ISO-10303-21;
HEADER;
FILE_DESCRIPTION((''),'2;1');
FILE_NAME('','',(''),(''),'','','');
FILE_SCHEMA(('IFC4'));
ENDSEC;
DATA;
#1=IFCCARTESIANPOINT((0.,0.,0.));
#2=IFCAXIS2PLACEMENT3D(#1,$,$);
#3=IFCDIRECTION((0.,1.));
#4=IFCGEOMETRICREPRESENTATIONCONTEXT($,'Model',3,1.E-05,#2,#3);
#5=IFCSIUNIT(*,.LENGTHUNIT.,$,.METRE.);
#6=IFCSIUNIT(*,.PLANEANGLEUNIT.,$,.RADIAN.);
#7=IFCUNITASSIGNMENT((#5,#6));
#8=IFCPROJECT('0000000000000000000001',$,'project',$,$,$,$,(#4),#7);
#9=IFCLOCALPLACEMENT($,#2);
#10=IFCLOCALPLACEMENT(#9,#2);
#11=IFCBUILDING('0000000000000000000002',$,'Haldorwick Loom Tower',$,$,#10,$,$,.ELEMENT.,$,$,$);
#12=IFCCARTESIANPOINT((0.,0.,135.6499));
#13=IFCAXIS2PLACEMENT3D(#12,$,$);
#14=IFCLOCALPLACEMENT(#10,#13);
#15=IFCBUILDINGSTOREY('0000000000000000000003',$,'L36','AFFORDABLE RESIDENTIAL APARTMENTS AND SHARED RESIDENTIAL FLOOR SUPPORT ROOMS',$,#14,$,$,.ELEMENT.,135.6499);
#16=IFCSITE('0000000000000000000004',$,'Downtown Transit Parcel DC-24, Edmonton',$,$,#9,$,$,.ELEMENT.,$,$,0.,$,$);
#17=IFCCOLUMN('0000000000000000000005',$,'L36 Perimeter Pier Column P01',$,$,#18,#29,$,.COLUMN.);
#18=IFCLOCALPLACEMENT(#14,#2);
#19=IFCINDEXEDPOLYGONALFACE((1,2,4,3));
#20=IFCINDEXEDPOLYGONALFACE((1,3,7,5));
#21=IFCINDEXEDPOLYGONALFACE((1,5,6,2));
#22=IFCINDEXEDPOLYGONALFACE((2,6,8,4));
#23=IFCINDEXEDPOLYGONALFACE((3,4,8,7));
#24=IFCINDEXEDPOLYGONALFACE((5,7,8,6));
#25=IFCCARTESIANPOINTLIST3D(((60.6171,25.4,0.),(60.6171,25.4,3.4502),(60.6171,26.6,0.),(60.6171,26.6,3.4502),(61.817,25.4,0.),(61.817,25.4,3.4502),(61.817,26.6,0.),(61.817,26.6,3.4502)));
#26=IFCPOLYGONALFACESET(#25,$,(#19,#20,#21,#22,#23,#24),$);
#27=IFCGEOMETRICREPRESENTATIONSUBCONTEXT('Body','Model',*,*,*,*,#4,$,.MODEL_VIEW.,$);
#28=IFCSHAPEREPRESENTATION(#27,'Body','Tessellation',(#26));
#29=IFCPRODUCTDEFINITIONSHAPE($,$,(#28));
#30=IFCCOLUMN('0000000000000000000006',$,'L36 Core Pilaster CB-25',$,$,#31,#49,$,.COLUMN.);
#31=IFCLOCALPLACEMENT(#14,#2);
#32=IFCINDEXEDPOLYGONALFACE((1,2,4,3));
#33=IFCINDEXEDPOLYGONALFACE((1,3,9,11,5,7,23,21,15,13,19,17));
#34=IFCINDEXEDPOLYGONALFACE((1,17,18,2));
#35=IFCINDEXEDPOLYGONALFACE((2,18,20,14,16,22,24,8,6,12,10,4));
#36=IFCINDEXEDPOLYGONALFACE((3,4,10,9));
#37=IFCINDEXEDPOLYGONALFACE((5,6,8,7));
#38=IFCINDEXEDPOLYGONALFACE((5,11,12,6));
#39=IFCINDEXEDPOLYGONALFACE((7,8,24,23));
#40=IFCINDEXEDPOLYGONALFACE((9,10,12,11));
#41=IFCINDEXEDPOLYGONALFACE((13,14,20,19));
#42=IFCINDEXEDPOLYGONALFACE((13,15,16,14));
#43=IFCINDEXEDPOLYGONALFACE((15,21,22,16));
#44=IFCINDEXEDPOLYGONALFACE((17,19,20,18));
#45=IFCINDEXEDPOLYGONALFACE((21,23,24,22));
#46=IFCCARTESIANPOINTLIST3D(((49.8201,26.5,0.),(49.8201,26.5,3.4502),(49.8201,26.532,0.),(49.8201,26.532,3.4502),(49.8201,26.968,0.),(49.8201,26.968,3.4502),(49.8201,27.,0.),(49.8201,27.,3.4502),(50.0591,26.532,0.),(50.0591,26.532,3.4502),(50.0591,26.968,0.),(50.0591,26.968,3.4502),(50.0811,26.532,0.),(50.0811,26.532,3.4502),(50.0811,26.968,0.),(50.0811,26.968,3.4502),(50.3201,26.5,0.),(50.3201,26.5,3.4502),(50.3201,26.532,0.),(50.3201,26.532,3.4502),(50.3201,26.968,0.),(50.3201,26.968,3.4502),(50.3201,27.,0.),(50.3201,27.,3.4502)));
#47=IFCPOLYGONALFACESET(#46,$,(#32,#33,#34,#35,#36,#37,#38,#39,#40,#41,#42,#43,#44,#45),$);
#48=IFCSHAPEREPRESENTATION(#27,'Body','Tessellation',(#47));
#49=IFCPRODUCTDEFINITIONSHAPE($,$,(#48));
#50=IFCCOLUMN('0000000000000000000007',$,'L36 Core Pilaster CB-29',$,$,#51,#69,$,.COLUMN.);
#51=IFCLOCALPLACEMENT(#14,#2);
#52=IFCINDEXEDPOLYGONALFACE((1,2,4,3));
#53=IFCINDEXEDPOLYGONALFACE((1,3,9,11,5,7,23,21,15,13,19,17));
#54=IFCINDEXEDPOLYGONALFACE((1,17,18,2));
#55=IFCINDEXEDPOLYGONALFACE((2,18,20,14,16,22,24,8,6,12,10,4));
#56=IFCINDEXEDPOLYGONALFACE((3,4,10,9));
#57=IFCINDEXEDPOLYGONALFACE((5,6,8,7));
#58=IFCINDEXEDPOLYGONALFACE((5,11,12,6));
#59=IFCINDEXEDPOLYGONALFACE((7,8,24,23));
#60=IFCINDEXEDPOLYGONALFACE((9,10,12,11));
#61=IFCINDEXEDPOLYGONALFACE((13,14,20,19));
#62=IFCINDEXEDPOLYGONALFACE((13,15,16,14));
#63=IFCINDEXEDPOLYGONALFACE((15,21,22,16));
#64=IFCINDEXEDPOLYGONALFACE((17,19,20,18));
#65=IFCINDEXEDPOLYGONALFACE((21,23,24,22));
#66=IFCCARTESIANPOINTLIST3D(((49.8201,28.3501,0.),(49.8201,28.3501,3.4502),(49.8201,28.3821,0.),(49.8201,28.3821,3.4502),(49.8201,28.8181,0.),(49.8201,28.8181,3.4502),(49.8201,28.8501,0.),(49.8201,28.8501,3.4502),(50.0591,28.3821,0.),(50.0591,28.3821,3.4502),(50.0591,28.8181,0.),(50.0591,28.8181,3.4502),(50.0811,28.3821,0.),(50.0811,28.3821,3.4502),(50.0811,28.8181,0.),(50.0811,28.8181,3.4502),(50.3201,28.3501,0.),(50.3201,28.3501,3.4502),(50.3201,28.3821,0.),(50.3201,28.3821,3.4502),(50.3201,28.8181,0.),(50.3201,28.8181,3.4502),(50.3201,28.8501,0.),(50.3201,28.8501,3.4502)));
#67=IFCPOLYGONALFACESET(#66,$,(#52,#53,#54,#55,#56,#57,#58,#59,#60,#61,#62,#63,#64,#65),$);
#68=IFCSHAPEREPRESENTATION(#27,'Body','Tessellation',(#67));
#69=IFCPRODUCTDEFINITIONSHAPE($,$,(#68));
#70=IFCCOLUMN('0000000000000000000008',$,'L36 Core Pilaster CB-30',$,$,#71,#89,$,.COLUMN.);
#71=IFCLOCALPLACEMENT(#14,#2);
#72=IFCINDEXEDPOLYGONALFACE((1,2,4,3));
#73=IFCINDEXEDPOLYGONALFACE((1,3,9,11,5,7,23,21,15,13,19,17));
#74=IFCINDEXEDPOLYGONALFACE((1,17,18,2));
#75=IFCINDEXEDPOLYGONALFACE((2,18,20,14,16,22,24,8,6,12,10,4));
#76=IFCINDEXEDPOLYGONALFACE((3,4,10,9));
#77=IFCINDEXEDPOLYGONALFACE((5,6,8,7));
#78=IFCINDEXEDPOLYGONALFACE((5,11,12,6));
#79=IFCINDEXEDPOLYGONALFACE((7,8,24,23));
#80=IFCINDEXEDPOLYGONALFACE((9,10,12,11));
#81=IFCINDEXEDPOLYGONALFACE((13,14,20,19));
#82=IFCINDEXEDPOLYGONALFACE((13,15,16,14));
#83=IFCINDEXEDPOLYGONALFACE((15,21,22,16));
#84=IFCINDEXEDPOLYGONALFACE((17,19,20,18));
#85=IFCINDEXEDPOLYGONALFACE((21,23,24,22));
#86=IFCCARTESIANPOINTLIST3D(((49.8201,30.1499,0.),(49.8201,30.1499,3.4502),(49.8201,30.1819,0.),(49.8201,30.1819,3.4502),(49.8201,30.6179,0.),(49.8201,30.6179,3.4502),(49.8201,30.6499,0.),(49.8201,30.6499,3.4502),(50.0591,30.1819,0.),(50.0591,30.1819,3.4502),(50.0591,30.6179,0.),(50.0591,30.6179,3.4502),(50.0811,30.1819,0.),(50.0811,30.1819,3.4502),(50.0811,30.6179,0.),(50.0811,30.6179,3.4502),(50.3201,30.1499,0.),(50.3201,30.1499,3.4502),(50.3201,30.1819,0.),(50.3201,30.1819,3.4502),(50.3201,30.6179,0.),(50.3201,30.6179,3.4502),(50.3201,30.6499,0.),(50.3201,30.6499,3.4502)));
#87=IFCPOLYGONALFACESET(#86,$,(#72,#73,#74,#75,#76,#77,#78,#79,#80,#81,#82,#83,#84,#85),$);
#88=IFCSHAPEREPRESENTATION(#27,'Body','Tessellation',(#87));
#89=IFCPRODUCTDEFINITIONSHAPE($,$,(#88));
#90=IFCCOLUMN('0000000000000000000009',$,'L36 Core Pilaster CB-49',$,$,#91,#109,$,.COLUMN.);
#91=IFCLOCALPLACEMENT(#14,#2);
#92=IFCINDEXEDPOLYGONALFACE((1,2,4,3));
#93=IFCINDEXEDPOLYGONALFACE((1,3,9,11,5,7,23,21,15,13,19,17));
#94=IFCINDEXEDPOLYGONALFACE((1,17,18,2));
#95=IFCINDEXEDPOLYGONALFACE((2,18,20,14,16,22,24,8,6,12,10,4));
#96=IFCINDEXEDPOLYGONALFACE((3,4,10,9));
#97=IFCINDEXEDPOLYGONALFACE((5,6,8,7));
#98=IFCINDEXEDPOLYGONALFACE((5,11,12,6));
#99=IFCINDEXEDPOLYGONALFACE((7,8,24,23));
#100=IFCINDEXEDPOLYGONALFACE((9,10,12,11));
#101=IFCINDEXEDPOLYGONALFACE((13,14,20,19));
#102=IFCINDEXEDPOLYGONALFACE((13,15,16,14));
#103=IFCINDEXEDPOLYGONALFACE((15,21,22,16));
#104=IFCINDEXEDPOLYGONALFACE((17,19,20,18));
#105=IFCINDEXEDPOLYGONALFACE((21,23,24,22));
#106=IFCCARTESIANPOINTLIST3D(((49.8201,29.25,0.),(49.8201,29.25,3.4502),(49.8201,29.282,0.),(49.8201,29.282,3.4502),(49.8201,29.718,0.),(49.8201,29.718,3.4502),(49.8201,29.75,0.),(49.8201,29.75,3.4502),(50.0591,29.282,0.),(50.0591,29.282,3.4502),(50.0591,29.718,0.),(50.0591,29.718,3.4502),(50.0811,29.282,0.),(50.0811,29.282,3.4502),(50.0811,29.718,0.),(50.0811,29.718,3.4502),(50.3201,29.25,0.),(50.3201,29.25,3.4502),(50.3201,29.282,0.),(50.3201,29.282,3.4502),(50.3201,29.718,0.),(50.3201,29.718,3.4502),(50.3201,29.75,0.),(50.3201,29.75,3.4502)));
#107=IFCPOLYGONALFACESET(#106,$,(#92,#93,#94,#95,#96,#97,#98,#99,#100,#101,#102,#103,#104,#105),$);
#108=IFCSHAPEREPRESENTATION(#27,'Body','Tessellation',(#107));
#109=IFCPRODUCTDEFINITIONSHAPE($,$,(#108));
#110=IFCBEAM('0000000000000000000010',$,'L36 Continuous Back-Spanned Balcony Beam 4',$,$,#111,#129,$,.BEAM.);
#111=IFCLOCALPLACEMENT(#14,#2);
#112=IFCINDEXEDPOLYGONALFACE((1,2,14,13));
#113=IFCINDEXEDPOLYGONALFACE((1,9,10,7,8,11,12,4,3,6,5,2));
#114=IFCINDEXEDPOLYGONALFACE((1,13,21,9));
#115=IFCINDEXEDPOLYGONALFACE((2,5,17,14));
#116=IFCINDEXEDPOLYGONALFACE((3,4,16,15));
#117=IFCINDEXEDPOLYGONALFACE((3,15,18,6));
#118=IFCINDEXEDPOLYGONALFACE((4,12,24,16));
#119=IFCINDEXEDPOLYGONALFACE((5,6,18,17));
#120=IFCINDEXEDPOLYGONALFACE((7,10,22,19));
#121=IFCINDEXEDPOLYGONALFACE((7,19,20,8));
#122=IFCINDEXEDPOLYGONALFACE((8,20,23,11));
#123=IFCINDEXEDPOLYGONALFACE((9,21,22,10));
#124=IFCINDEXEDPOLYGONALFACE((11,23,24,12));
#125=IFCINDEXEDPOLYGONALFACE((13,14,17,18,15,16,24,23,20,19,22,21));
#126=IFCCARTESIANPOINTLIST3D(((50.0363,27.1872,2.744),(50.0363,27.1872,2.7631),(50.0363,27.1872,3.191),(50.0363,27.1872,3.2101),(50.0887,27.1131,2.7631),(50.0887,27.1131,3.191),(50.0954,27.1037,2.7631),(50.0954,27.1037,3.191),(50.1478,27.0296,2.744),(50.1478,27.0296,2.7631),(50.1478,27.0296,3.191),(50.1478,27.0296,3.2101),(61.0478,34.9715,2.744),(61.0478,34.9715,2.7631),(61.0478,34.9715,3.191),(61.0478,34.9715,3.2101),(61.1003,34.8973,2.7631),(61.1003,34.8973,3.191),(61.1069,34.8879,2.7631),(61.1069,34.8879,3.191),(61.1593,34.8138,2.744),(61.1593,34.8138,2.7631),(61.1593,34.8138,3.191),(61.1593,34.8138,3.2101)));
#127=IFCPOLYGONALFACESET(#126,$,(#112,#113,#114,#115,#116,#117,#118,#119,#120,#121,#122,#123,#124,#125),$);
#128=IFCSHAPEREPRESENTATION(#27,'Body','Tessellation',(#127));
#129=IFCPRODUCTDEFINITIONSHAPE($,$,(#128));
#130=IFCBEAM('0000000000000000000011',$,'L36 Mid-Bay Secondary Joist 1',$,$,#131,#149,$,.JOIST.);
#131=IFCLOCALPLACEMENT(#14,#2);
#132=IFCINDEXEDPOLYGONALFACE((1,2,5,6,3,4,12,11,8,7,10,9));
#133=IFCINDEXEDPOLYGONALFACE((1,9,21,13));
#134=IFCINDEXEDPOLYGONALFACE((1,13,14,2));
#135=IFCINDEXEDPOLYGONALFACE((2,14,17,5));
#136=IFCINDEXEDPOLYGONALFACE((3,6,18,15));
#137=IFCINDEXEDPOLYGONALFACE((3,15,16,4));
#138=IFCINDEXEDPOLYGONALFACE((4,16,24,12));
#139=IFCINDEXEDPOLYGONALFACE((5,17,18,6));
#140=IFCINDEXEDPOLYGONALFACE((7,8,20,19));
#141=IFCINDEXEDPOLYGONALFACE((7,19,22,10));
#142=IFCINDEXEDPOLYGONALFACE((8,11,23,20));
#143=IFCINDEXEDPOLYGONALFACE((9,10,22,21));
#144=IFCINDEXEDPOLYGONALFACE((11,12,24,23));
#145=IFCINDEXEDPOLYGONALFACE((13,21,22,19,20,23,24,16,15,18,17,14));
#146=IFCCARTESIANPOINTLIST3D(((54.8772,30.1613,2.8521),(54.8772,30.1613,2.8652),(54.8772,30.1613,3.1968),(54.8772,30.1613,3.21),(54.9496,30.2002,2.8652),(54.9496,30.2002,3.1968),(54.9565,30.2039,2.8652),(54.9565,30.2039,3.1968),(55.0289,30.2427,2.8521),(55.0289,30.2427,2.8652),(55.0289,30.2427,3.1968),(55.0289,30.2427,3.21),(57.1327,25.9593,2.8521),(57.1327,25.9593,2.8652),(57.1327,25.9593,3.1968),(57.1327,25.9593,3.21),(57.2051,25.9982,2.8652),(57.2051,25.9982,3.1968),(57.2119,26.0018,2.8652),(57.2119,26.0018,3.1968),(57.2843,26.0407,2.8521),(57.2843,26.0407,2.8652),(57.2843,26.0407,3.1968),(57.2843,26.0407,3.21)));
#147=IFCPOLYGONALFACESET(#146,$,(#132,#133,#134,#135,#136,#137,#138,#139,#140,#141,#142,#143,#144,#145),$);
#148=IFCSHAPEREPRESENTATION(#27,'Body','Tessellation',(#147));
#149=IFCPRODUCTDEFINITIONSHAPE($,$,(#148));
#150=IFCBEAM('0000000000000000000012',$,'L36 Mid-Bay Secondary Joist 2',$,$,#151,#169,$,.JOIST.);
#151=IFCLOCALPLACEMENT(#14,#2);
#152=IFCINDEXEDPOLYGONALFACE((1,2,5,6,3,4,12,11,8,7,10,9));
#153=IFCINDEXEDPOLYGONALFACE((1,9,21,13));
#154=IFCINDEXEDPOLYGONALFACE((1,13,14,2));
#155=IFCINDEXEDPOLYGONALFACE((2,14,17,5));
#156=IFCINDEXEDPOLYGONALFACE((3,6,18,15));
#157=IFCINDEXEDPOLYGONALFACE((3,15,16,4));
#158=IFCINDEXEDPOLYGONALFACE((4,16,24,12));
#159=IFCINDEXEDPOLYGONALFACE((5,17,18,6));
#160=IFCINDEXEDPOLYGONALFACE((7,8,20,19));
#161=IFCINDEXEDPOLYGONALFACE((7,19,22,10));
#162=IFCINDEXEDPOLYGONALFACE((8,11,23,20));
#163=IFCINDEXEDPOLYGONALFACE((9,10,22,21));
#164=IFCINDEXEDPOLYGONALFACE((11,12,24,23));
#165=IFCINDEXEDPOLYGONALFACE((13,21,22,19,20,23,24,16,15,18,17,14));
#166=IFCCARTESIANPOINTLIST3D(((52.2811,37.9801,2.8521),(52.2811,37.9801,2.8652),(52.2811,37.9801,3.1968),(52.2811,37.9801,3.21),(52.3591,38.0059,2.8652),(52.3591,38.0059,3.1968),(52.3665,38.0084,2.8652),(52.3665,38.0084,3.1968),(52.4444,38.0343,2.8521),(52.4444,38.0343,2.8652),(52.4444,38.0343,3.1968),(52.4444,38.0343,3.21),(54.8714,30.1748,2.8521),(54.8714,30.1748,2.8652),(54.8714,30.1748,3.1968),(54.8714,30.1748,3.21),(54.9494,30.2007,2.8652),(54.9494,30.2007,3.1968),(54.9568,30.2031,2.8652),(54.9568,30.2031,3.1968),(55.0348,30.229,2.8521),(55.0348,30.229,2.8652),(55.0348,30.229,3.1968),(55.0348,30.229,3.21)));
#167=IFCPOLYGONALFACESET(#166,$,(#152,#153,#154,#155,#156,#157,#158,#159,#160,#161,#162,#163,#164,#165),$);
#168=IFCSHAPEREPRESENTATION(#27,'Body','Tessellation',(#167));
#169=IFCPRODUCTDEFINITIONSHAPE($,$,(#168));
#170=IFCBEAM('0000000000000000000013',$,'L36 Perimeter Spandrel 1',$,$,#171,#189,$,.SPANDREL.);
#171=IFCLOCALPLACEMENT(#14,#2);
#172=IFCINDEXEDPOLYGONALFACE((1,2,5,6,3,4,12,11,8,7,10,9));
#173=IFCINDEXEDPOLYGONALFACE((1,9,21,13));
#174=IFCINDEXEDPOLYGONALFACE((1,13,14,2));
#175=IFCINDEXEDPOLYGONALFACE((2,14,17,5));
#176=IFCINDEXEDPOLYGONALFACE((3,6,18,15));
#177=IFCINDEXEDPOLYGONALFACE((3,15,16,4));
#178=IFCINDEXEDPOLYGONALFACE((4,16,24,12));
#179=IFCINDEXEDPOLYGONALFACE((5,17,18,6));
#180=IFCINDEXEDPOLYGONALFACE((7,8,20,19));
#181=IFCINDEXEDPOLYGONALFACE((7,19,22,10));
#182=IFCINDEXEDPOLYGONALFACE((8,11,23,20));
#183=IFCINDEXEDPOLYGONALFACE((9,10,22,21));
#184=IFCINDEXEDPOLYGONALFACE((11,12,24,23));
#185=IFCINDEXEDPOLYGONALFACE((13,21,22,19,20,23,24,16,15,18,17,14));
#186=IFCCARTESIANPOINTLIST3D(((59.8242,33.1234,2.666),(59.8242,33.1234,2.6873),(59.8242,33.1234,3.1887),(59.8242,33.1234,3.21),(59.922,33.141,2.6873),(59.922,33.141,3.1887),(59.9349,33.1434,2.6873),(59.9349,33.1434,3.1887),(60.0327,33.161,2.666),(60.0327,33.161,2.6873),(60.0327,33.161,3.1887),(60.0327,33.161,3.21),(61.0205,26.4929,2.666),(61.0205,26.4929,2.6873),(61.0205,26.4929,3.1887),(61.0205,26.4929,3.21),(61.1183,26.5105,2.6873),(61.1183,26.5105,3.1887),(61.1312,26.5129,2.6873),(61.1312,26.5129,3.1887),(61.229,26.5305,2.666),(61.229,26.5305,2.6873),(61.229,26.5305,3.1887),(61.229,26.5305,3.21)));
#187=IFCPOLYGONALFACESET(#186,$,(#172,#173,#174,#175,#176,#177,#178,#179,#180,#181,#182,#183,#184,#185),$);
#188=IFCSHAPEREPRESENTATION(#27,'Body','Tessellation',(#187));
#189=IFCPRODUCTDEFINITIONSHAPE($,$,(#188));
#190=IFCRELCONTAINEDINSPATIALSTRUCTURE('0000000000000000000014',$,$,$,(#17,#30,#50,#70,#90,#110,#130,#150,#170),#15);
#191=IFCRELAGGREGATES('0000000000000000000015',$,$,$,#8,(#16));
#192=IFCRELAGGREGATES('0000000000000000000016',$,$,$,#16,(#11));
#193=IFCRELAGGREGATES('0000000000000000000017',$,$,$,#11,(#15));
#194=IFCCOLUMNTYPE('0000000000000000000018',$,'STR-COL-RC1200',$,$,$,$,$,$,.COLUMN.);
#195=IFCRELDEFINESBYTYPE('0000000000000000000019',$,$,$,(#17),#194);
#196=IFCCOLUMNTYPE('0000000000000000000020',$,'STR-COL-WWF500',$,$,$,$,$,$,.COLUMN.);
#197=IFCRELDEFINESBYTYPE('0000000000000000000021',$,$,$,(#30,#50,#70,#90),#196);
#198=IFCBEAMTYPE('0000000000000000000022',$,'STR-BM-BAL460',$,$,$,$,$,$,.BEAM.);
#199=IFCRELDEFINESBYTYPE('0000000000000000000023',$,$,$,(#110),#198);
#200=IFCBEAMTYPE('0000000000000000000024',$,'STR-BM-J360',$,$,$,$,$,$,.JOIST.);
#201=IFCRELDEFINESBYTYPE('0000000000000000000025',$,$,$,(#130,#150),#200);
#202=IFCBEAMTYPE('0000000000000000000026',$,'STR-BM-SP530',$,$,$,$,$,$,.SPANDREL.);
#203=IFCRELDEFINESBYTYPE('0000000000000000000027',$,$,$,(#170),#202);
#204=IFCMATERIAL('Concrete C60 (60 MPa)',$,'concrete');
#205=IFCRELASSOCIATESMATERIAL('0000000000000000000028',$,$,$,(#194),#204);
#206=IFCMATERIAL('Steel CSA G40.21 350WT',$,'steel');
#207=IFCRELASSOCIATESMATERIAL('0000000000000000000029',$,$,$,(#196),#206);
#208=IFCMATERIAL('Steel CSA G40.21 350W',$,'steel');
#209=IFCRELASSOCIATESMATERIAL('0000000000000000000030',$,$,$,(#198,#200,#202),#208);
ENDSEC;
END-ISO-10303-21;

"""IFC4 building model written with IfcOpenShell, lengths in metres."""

from ifc_helpers import new_model, si_unit, direction, frame, origin, origin_2d, place, context, subcontext, project, spatial, rectangle, i_section, extrude, material, material_profile, profile_set, type_object, element, save


model = new_model("IFC4")

# Units and contexts
model_context = context("Model", 3, precision=1e-05, world=origin(), true_north=direction((0.0, 1.0)))
body_context = subcontext(model_context, "Body", "Model", "MODEL_VIEW")
ifc_project = project(units=[si_unit("LENGTHUNIT", "METRE"), si_unit("PLANEANGLEUNIT", "RADIAN")], contexts=[model_context])

# Site, building, storey
site_placement = place(None, origin())
site = spatial("IfcSite", under=ifc_project, at=site_placement, Name="Downtown Transit Parcel DC-24, Edmonton", CompositionType="ELEMENT", RefElevation=0.0)
building_placement = place(site_placement, origin())
building = spatial("IfcBuilding", under=site, at=building_placement, Name="Haldorwick Loom Tower", CompositionType="ELEMENT")
storey_placement = place(building_placement, frame((0.0, 0.0, 135.6499)))
storey = spatial("IfcBuildingStorey", under=building, at=storey_placement, Name="L36", Description="AFFORDABLE RESIDENTIAL APARTMENTS AND SHARED RESIDENTIAL FLOOR SUPPORT ROOMS", CompositionType="ELEMENT", Elevation=135.6499)

# Columns
ifc_material_1 = material(Name="Concrete C60 (60 MPa)", Category="concrete")
ifc_material_profile_1 = material_profile(ifc_material_1, rectangle(XDim=1.2, YDim=1.2, at=origin_2d()), Name="RC1200X1200", Category="concrete")
ifc_profile_set_1 = profile_set([ifc_material_profile_1], Name="Concrete C60 (60 MPa)")
column_type_1 = type_object("IfcColumnType", Name="STR-COL-RC1200", PredefinedType="COLUMN", material=ifc_profile_set_1)
column_placement = place(storey_placement, frame((61.217, 26.0, 0.0), z_axis=(0.0, 0.0, 1.0), x_axis=(1.0, 0.0, 0.0)))
element("IfcColumn", 1, at=column_placement, inside=storey, type_object=column_type_1, Name="L36 Perimeter Pier Column P01", PredefinedType="COLUMN", context=body_context, shape_type="SweptSolid", body=[
    extrude(rectangle(XDim=1.2, YDim=1.2, at=origin_2d()), origin(), (0.0, 0.0, 1.0), 3.4502),
])
ifc_material_2 = material(Name="Steel CSA G40.21 350WT", Category="steel")
ifc_material_profile_2 = material_profile(ifc_material_2, i_section(OverallWidth=0.5, OverallDepth=0.5, WebThickness=0.022, FlangeThickness=0.032, at=origin_2d()), Name="WWF500X500", Category="steel")
ifc_profile_set_2 = profile_set([ifc_material_profile_2], Name="Steel CSA G40.21 350WT")
column_type_2 = type_object("IfcColumnType", Name="STR-COL-WWF500", PredefinedType="COLUMN", material=ifc_profile_set_2)
for number, where, z_axis, x_axis, name in (
    (2, (50.0701, 26.75, 0.0), (0.0, 0.0, 1.0), (1.0, 0.0, 0.0), "L36 Core Pilaster CB-25"),
    (3, (50.0701, 28.6001, 0.0), (0.0, 0.0, 1.0), (1.0, 0.0, 0.0), "L36 Core Pilaster CB-29"),
    (4, (50.0701, 30.3999, 0.0), (0.0, 0.0, 1.0), (1.0, 0.0, 0.0), "L36 Core Pilaster CB-30"),
    (5, (50.0701, 29.5, 0.0), (0.0, 0.0, 1.0), (1.0, 0.0, 0.0), "L36 Core Pilaster CB-49"),
):
    element("IfcColumn", number, at=place(storey_placement, frame(where, z_axis=z_axis, x_axis=x_axis)), inside=storey, type_object=column_type_2, Name=name, PredefinedType="COLUMN", context=body_context, shape_type="SweptSolid", body=[
        extrude(i_section(OverallWidth=0.5, OverallDepth=0.5, WebThickness=0.022, FlangeThickness=0.032, at=origin_2d()), origin(), (0.0, 0.0, 1.0), 3.4502),
    ])

# Beams
ifc_material_3 = material(Name="Steel CSA G40.21 350W", Category="steel")
ifc_material_profile_3 = material_profile(ifc_material_3, i_section(OverallWidth=0.1931, OverallDepth=0.4661, WebThickness=0.0115, FlangeThickness=0.019, at=origin_2d()), Name="W460X97", Category="steel")
ifc_profile_set_3 = profile_set([ifc_material_profile_3], Name="Steel CSA G40.21 350W")
beam_type_1 = type_object("IfcBeamType", Name="STR-BM-BAL460", PredefinedType="BEAM", material=ifc_profile_set_3)
beam_1_placement = place(storey_placement, frame((50.092, 27.1084, 2.9771), z_axis=(0.81657, 0.577246, 0.0), x_axis=(-0.577246, 0.81657, 0.0)))
element("IfcBeam", 6, at=beam_1_placement, inside=storey, type_object=beam_type_1, Name="L36 Continuous Back-Spanned Balcony Beam 4", PredefinedType="BEAM", context=body_context, shape_type="SweptSolid", body=[
    extrude(i_section(OverallWidth=0.1931, OverallDepth=0.4661, WebThickness=0.0115, FlangeThickness=0.019, at=origin_2d()), origin(), (0.0, 0.0, 1.0), 13.4851),
])
ifc_material_profile_4 = material_profile(ifc_material_3, i_section(OverallWidth=0.1721, OverallDepth=0.3579, WebThickness=0.0078, FlangeThickness=0.0132, at=origin_2d()), Name="W360X57", Category="steel")
ifc_profile_set_4 = profile_set([ifc_material_profile_4], Name="Steel CSA G40.21 350W")
beam_type_2 = type_object("IfcBeamType", Name="STR-BM-J360", PredefinedType="JOIST", material=ifc_profile_set_4)
beam_2_placement = place(storey_placement, frame((57.2085, 26.0, 3.031), z_axis=(-0.47293, 0.8811, 0.0), x_axis=(-0.8811, -0.47293, 0.0)))
element("IfcBeam", 7, at=beam_2_placement, inside=storey, type_object=beam_type_2, Name="L36 Mid-Bay Secondary Joist 1", PredefinedType="JOIST", context=body_context, shape_type="SweptSolid", body=[
    extrude(i_section(OverallWidth=0.1721, OverallDepth=0.3579, WebThickness=0.0078, FlangeThickness=0.0132, at=origin_2d()), origin(), (0.0, 0.0, 1.0), 4.769),
])
beam_3_placement = place(storey_placement, frame((54.9531, 30.2019, 3.031), z_axis=(-0.314981, 0.949098, 0.0), x_axis=(-0.949098, -0.314981, 0.0)))
element("IfcBeam", 8, at=beam_3_placement, inside=storey, type_object=beam_type_2, Name="L36 Mid-Bay Secondary Joist 2", PredefinedType="JOIST", context=body_context, shape_type="SweptSolid", body=[
    extrude(i_section(OverallWidth=0.1721, OverallDepth=0.3579, WebThickness=0.0078, FlangeThickness=0.0132, at=origin_2d()), origin(), (0.0, 0.0, 1.0), 8.2239),
])
ifc_material_profile_5 = material_profile(ifc_material_3, i_section(OverallWidth=0.2119, OverallDepth=0.5439, WebThickness=0.0132, FlangeThickness=0.0212, at=origin_2d()), Name="W530X123", Category="steel")
ifc_profile_set_5 = profile_set([ifc_material_profile_5], Name="Steel CSA G40.21 350W")
beam_type_3 = type_object("IfcBeamType", Name="STR-BM-SP530", PredefinedType="SPANDREL", material=ifc_profile_set_5)
beam_4_placement = place(storey_placement, frame((61.1248, 26.5117, 2.938), z_axis=(-0.177559, 0.98411, 0.0), x_axis=(-0.98411, -0.177559, 0.0)))
element("IfcBeam", 9, at=beam_4_placement, inside=storey, type_object=beam_type_3, Name="L36 Perimeter Spandrel 1", PredefinedType="SPANDREL", context=body_context, shape_type="SweptSolid", body=[
    extrude(i_section(OverallWidth=0.2119, OverallDepth=0.5439, WebThickness=0.0132, FlangeThickness=0.0212, at=origin_2d()), origin(), (0.0, 0.0, 1.0), 6.7375),
])

save(model, "model.ifc")
